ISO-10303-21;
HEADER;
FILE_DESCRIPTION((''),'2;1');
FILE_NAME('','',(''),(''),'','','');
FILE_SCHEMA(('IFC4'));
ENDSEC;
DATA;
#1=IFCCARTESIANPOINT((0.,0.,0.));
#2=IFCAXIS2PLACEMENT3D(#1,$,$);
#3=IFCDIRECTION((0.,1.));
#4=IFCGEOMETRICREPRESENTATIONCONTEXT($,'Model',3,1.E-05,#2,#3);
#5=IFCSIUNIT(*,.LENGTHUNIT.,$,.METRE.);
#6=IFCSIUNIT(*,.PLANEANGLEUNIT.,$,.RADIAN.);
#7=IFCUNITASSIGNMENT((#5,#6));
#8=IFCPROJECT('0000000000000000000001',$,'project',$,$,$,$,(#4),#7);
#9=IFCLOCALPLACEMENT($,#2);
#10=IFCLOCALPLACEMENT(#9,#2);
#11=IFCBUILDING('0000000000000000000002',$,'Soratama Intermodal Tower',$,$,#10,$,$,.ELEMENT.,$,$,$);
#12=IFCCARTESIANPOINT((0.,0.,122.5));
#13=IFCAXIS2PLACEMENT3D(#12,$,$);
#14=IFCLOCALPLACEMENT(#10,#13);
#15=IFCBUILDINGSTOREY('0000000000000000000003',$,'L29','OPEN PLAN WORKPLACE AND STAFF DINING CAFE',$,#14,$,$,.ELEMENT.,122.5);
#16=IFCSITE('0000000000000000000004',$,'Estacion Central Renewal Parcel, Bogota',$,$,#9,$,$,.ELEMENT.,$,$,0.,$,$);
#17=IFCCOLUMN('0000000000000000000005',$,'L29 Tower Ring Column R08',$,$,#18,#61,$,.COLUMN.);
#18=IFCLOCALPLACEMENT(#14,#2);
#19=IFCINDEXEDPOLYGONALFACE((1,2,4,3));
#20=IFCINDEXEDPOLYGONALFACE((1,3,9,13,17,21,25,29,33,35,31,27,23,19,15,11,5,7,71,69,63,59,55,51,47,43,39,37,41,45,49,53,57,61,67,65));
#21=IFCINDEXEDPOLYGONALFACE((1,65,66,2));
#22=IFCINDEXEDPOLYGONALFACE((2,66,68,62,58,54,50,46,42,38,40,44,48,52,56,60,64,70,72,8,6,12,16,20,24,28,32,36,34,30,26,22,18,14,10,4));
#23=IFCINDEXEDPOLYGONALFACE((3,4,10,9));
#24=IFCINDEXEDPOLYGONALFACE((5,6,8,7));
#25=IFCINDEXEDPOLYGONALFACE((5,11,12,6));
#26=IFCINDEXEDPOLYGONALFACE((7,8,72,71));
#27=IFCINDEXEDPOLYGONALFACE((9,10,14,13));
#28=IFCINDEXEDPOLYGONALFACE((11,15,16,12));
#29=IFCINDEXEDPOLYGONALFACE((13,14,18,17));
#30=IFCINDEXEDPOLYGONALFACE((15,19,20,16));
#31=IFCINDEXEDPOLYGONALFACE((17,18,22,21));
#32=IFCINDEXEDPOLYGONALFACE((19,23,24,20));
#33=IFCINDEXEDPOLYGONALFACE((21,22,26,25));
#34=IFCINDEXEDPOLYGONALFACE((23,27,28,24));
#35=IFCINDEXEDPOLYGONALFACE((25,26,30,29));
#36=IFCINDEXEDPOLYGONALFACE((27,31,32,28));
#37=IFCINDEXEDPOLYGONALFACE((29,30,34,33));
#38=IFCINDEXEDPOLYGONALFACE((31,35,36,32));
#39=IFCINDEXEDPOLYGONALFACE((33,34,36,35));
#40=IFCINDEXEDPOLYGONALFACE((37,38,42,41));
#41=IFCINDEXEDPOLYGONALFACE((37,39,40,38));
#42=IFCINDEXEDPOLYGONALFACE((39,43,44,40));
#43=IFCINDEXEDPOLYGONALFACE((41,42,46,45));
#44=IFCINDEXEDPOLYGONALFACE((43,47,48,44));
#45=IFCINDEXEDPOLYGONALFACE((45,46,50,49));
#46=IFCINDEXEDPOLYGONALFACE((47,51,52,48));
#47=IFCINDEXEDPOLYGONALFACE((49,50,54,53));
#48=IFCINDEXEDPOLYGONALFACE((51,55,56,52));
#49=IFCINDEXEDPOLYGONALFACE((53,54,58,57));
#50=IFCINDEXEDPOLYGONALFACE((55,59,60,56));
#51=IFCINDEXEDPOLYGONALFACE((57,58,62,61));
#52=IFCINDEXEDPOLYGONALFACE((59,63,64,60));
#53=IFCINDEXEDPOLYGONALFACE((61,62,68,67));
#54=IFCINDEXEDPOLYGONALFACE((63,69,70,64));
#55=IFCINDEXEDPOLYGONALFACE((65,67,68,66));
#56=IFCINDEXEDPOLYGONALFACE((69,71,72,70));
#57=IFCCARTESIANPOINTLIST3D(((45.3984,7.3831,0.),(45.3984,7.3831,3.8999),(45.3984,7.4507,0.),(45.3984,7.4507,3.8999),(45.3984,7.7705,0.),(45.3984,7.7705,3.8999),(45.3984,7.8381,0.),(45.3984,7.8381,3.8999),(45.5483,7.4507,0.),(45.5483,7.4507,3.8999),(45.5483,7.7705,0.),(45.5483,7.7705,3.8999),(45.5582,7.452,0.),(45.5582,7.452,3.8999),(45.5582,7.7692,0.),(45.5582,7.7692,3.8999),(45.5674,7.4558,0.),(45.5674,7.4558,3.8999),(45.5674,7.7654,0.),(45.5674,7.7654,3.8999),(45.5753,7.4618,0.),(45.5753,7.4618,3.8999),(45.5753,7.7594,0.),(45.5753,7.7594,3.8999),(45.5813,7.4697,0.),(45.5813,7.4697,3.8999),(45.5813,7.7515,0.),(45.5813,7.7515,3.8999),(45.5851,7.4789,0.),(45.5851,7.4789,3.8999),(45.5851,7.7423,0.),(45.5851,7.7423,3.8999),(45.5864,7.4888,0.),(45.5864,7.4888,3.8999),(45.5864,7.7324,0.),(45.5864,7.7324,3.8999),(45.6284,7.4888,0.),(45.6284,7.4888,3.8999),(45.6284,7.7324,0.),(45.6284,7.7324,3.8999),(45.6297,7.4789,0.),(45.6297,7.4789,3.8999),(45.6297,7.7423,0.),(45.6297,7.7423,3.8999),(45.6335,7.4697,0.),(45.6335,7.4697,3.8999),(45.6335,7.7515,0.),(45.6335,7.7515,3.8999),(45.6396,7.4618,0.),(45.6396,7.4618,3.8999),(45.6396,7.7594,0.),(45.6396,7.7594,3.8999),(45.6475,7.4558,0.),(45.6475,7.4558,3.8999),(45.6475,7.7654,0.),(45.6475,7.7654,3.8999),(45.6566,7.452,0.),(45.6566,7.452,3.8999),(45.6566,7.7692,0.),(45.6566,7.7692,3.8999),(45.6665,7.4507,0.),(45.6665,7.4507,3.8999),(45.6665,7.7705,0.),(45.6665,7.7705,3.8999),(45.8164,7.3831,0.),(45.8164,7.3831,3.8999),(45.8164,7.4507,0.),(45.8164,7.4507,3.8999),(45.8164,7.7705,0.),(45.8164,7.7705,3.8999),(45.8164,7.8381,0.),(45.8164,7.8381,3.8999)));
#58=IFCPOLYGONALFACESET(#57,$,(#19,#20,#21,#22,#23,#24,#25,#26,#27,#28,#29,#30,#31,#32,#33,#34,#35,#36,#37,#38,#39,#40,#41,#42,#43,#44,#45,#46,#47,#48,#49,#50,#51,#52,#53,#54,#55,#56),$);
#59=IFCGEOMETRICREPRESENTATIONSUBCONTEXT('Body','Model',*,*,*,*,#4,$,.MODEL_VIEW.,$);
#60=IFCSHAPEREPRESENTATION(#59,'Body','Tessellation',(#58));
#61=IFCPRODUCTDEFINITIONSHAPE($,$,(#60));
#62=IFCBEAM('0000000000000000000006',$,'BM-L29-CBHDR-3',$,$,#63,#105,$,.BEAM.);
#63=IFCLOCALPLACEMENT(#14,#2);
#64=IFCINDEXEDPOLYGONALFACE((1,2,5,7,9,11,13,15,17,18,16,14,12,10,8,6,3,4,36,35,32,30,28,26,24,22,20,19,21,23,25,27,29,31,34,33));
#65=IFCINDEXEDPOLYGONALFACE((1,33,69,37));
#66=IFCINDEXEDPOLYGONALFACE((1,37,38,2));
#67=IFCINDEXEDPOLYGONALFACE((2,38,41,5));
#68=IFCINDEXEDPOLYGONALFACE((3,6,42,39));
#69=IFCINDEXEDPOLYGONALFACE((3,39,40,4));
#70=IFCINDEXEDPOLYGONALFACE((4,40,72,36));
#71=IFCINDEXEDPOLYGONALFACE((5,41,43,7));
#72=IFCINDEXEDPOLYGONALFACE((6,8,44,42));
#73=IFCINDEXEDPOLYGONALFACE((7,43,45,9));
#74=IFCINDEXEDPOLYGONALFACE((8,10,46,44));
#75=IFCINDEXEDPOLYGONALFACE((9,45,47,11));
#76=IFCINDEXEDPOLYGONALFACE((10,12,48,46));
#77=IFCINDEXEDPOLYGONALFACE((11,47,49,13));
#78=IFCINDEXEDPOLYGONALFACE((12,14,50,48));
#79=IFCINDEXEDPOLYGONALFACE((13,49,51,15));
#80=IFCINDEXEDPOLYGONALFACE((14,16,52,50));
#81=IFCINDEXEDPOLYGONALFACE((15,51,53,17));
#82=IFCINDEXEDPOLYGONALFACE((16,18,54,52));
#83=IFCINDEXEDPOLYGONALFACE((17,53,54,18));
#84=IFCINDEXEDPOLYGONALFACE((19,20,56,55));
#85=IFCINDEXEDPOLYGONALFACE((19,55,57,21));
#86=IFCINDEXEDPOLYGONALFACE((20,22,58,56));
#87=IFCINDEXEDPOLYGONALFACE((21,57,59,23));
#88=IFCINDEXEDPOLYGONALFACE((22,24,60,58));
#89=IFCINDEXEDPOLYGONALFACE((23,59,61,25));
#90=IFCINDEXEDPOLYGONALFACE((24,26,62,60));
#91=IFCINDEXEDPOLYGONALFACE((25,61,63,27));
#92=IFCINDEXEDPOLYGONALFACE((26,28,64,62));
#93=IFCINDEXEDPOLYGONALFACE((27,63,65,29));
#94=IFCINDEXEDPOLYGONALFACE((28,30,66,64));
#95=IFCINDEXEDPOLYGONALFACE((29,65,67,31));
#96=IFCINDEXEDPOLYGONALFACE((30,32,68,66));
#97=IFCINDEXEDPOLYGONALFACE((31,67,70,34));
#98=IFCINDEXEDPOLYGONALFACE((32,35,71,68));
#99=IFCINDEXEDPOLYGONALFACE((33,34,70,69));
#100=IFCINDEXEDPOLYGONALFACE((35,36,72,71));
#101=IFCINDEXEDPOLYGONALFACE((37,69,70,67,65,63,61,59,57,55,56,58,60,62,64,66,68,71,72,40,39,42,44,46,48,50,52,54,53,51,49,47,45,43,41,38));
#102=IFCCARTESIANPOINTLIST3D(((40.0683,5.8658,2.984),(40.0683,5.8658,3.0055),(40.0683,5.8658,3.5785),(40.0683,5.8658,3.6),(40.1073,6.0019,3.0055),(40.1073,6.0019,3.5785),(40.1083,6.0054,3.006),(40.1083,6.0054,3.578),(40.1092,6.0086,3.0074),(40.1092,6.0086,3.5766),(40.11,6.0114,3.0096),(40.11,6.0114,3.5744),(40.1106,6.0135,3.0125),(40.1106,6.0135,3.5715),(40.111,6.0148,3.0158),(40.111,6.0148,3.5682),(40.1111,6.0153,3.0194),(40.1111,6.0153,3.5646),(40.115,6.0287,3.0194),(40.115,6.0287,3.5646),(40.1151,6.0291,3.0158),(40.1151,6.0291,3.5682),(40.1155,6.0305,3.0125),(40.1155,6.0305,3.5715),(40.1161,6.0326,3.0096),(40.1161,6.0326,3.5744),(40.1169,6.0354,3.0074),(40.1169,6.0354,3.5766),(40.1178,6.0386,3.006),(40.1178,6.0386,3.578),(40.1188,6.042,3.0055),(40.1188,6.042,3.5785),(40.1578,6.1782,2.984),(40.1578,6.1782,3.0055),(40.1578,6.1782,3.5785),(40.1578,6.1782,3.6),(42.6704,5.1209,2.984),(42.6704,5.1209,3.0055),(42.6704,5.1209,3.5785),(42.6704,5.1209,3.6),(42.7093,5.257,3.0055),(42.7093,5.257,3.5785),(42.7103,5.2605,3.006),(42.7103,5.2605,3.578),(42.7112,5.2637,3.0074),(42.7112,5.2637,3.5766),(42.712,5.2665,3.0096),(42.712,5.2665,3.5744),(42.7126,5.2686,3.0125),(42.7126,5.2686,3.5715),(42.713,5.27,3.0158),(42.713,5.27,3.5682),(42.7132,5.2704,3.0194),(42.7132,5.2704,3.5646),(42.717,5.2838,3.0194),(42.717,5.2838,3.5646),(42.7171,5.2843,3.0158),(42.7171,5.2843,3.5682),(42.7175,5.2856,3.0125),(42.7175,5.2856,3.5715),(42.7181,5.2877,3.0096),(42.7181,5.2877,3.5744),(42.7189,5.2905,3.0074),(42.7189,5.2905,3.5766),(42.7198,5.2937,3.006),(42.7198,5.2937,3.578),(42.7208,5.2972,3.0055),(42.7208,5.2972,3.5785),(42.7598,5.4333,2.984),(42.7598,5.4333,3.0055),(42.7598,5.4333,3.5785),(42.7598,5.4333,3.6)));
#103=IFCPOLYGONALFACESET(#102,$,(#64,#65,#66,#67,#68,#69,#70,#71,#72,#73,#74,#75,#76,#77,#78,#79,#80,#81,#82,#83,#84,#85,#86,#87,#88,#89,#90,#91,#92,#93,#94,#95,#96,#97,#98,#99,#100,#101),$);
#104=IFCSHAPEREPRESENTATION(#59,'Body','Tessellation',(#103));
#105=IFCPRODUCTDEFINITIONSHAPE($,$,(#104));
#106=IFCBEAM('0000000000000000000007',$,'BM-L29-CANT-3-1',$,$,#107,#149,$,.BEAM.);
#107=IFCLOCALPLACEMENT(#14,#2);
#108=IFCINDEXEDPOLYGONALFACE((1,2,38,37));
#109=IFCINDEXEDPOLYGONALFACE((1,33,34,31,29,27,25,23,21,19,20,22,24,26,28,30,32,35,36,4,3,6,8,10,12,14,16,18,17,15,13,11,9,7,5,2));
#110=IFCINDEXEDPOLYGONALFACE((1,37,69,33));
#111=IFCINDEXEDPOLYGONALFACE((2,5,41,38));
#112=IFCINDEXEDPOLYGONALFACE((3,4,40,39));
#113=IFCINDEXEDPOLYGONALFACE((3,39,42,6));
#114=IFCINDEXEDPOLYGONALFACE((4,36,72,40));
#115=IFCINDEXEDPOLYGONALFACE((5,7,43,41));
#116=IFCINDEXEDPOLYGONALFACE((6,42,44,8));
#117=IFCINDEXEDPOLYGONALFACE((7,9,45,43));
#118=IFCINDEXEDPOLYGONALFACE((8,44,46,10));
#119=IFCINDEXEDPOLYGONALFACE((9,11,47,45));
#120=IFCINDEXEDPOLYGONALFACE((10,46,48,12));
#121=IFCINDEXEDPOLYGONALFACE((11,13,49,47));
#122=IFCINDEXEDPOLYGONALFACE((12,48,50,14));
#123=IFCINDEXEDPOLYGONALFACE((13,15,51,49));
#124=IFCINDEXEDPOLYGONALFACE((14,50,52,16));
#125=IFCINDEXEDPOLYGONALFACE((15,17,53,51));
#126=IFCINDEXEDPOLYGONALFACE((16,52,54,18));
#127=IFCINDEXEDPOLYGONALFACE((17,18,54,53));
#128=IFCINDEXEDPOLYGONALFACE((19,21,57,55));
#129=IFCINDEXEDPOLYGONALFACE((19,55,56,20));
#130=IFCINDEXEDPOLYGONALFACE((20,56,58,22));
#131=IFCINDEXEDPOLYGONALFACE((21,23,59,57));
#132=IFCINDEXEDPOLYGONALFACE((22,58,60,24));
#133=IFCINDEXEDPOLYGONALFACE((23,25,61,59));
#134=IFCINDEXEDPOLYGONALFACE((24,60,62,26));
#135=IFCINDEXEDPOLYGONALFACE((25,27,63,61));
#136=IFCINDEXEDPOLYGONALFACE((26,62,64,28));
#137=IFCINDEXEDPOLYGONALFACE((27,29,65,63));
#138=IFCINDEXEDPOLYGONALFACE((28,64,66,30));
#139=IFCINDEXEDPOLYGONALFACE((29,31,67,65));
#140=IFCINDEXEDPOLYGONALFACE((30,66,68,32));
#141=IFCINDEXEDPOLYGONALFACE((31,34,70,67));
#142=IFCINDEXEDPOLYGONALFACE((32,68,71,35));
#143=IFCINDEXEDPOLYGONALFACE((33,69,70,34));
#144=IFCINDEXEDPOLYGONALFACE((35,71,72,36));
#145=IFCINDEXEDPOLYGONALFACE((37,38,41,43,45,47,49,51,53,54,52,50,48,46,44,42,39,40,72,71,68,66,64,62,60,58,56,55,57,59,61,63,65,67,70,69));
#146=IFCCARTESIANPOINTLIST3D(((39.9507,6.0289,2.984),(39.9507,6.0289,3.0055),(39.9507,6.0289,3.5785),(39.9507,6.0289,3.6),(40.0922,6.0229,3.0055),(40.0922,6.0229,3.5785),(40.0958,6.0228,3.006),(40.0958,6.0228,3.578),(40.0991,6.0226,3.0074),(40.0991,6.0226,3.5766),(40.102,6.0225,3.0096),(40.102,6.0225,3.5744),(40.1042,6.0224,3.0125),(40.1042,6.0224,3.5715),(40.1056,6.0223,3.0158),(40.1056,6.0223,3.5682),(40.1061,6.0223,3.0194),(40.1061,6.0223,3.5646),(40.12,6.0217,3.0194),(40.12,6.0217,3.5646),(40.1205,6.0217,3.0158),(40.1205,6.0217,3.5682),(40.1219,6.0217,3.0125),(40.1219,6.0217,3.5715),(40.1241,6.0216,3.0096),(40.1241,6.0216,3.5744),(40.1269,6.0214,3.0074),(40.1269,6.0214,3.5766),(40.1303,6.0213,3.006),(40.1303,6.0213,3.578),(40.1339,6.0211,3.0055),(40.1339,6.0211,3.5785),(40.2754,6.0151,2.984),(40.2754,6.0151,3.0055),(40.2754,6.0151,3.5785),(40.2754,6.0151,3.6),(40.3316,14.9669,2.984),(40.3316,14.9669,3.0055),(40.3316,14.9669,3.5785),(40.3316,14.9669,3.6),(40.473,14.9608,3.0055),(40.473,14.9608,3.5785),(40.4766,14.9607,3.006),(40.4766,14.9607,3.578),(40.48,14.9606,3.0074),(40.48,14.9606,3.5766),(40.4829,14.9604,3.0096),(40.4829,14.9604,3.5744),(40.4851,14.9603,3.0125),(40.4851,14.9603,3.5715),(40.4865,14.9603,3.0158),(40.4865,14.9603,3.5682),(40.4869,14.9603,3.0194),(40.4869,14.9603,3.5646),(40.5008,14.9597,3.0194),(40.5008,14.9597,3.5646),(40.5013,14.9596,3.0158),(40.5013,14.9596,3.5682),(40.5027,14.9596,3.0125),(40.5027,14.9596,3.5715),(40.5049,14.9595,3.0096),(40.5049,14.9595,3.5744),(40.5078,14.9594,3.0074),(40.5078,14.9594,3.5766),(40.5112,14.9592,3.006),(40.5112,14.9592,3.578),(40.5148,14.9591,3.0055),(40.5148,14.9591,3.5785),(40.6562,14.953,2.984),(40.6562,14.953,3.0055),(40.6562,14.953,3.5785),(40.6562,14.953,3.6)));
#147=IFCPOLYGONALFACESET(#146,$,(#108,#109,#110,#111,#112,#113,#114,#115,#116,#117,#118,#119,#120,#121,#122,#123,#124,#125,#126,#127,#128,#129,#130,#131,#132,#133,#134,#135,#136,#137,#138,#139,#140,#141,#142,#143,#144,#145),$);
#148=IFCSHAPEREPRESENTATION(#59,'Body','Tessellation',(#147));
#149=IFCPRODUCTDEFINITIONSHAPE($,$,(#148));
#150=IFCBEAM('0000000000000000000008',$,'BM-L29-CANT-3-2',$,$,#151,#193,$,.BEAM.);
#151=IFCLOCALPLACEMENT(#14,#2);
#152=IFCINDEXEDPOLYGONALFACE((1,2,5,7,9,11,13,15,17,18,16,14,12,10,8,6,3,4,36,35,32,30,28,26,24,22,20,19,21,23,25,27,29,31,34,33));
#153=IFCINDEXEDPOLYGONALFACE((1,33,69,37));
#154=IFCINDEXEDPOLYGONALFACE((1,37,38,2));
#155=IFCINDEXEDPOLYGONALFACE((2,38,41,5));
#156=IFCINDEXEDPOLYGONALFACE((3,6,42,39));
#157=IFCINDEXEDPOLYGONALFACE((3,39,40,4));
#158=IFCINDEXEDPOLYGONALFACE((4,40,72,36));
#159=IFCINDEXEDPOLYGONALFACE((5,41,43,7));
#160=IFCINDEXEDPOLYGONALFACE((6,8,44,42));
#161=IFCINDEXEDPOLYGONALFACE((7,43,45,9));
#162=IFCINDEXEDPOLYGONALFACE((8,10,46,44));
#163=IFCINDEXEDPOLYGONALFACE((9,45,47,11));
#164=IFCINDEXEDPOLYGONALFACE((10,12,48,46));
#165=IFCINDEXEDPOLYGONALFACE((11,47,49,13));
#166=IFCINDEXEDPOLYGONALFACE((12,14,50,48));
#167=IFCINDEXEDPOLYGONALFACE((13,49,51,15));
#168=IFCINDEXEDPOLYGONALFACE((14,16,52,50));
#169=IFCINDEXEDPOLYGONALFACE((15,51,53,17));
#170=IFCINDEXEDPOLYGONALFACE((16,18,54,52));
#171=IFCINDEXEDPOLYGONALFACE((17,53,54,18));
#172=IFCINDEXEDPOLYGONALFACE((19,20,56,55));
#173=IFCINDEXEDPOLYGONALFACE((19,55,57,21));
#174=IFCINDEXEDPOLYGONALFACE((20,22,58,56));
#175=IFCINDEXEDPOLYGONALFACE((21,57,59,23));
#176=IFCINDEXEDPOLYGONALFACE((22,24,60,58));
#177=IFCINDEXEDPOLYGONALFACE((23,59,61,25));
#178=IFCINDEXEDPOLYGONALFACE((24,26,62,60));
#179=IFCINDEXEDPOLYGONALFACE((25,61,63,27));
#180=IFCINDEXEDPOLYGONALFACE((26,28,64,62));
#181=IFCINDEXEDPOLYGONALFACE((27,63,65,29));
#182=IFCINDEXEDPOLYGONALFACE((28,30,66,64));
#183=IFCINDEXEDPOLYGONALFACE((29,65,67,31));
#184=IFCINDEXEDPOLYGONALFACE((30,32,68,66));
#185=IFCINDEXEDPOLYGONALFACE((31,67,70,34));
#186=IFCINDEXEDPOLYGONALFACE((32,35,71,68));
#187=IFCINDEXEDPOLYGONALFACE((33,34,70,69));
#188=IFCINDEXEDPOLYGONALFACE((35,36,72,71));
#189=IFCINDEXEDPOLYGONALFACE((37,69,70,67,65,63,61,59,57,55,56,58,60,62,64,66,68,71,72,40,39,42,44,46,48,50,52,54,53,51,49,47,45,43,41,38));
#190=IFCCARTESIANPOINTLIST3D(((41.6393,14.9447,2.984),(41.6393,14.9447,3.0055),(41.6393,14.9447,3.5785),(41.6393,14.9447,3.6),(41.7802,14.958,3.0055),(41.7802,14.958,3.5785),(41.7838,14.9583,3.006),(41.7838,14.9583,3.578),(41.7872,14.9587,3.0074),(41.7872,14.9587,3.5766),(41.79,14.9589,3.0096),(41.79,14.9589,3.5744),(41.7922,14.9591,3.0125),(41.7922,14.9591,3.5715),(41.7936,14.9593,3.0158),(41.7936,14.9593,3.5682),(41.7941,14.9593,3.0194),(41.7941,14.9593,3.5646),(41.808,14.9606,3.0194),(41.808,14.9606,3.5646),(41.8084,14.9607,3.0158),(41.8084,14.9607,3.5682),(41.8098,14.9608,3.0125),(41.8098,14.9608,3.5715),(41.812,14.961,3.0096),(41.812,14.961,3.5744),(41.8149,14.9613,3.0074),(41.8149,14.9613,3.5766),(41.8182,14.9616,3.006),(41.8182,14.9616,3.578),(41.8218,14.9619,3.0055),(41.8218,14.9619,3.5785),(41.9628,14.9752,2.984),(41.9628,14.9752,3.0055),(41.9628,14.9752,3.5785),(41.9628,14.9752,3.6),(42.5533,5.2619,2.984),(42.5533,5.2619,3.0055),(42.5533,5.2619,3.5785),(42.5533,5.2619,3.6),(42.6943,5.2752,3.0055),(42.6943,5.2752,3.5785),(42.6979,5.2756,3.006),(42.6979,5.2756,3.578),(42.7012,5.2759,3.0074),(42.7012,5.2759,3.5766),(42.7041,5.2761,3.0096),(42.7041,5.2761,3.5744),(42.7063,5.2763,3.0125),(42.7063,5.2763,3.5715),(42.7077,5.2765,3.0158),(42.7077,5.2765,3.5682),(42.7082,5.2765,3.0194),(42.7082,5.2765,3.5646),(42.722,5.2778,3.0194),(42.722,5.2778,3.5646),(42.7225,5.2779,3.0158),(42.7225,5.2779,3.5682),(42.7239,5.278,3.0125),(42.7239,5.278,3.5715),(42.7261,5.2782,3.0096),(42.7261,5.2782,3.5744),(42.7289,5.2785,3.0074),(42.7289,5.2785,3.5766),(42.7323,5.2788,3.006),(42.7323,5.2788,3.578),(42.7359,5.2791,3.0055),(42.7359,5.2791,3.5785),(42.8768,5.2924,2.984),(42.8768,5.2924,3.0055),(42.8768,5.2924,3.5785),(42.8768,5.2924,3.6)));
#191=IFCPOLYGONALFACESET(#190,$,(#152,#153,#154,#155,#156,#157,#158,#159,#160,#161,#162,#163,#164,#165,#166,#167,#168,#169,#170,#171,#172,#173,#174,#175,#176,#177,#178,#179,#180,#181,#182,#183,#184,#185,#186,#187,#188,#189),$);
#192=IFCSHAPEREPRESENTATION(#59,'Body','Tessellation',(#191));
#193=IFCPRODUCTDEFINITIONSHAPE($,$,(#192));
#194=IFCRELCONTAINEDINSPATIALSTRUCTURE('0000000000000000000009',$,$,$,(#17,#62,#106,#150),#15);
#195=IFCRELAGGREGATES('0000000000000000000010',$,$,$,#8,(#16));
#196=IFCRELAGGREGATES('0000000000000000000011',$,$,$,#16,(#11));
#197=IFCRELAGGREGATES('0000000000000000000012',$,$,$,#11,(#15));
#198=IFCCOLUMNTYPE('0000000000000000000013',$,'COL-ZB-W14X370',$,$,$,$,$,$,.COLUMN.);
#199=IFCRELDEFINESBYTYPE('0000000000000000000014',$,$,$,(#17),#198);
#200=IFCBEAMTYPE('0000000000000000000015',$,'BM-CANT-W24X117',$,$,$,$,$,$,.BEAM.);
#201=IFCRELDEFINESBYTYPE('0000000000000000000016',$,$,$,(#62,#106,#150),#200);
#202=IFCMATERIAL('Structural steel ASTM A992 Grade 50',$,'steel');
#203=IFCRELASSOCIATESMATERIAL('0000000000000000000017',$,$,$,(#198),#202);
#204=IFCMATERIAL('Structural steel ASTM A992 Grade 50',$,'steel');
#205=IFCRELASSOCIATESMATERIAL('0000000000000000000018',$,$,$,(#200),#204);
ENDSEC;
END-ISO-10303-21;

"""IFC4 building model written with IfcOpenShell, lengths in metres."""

from ifc_helpers import new_model, si_unit, direction, frame, origin, origin_2d, place, context, subcontext, project, spatial, i_section, extrude, material, material_profile, profile_set, type_object, element, save


model = new_model("IFC4")

# Units and contexts
model_context = context("Model", 3, precision=1e-05, world=origin(), true_north=direction((0.0, 1.0)))
body_context = subcontext(model_context, "Body", "Model", "MODEL_VIEW")
ifc_project = project(units=[si_unit("LENGTHUNIT", "METRE"), si_unit("PLANEANGLEUNIT", "RADIAN")], contexts=[model_context])

# Site, building, storey
site_placement = place(None, origin())
site = spatial("IfcSite", under=ifc_project, at=site_placement, Name="Estacion Central Renewal Parcel, Bogota", CompositionType="ELEMENT", RefElevation=0.0)
building_placement = place(site_placement, origin())
building = spatial("IfcBuilding", under=site, at=building_placement, Name="Soratama Intermodal Tower", CompositionType="ELEMENT")
storey_placement = place(building_placement, frame((0.0, 0.0, 122.5)))
storey = spatial("IfcBuildingStorey", under=building, at=storey_placement, Name="L29", Description="OPEN PLAN WORKPLACE AND STAFF DINING CAFE", CompositionType="ELEMENT", Elevation=122.5)

# Column
ifc_material_1 = material(Name="Structural steel ASTM A992 Grade 50", Category="steel")
ifc_material_profile_1 = material_profile(ifc_material_1, i_section(OverallWidth=0.418, OverallDepth=0.4551, WebThickness=0.042, FlangeThickness=0.0676, FilletRadius=0.0381, at=origin_2d()), Name="W14X370")
ifc_profile_set_1 = profile_set([ifc_material_profile_1], Name="Structural steel ASTM A992 Grade 50")
column_type = type_object("IfcColumnType", Name="COL-ZB-W14X370", PredefinedType="COLUMN", material=ifc_profile_set_1)
column_placement = place(storey_placement, frame((45.6074, 7.6106, 0.0), z_axis=(0.0, 0.0, 1.0), x_axis=(1.0, 0.0, 0.0)))
element("IfcColumn", 1, at=column_placement, inside=storey, type_object=column_type, Name="L29 Tower Ring Column R08", PredefinedType="COLUMN", context=body_context, shape_type="SweptSolid", body=[
    extrude(i_section(OverallWidth=0.418, OverallDepth=0.4551, WebThickness=0.042, FlangeThickness=0.0676, FilletRadius=0.0381, at=origin_2d()), origin(), (0.0, 0.0, 1.0), 3.8999),
])

# Beams
ifc_material_2 = material(Name="Structural steel ASTM A992 Grade 50", Category="steel")
ifc_material_profile_2 = material_profile(ifc_material_2, i_section(OverallWidth=0.325, OverallDepth=0.616, WebThickness=0.0139, FlangeThickness=0.0215, FilletRadius=0.0139, at=origin_2d()), Name="W24X117")
ifc_profile_set_2 = profile_set([ifc_material_profile_2], Name="Structural steel ASTM A992 Grade 50")
beam_type_1 = type_object("IfcBeamType", Name="BM-CANT-W24X117", PredefinedType="BEAM", material=ifc_profile_set_2)
beam_1_placement = place(storey_placement, frame((40.113, 6.022, 3.292), z_axis=(0.961384, -0.27521, 0.0), x_axis=(0.27521, 0.961384, 0.0)))
element("IfcBeam", 2, at=beam_1_placement, inside=storey, type_object=beam_type_1, Name="BM-L29-CBHDR-3", PredefinedType="BEAM", context=body_context, shape_type="SweptSolid", body=[
    extrude(i_section(OverallWidth=0.325, OverallDepth=0.616, WebThickness=0.0139, FlangeThickness=0.0215, FilletRadius=0.0139, at=origin_2d()), origin(), (0.0, 0.0, 1.0), 2.7065),
])
beam_2_placement = place(storey_placement, frame((40.4939, 14.96, 3.292), z_axis=(-0.042573, -0.999093, 0.0), x_axis=(0.999093, -0.042573, 0.0)))
element("IfcBeam", 3, at=beam_2_placement, inside=storey, type_object=beam_type_1, Name="BM-L29-CANT-3-1", PredefinedType="BEAM", context=body_context, shape_type="SweptSolid", body=[
    extrude(i_section(OverallWidth=0.325, OverallDepth=0.616, WebThickness=0.0139, FlangeThickness=0.0215, FilletRadius=0.0139, at=origin_2d()), origin(), (0.0, 0.0, 1.0), 8.946),
])
beam_3_placement = place(storey_placement, frame((41.801, 14.96, 3.292), z_axis=(0.093982, -0.995574, 0.0), x_axis=(0.995574, 0.093982, 0.0)))
element("IfcBeam", 4, at=beam_3_placement, inside=storey, type_object=beam_type_1, Name="BM-L29-CANT-3-2", PredefinedType="BEAM", context=body_context, shape_type="SweptSolid", body=[
    extrude(i_section(OverallWidth=0.325, OverallDepth=0.616, WebThickness=0.0139, FlangeThickness=0.0215, FilletRadius=0.0139, at=origin_2d()), origin(), (0.0, 0.0, 1.0), 9.7258),
])

save(model, "model.ifc")
